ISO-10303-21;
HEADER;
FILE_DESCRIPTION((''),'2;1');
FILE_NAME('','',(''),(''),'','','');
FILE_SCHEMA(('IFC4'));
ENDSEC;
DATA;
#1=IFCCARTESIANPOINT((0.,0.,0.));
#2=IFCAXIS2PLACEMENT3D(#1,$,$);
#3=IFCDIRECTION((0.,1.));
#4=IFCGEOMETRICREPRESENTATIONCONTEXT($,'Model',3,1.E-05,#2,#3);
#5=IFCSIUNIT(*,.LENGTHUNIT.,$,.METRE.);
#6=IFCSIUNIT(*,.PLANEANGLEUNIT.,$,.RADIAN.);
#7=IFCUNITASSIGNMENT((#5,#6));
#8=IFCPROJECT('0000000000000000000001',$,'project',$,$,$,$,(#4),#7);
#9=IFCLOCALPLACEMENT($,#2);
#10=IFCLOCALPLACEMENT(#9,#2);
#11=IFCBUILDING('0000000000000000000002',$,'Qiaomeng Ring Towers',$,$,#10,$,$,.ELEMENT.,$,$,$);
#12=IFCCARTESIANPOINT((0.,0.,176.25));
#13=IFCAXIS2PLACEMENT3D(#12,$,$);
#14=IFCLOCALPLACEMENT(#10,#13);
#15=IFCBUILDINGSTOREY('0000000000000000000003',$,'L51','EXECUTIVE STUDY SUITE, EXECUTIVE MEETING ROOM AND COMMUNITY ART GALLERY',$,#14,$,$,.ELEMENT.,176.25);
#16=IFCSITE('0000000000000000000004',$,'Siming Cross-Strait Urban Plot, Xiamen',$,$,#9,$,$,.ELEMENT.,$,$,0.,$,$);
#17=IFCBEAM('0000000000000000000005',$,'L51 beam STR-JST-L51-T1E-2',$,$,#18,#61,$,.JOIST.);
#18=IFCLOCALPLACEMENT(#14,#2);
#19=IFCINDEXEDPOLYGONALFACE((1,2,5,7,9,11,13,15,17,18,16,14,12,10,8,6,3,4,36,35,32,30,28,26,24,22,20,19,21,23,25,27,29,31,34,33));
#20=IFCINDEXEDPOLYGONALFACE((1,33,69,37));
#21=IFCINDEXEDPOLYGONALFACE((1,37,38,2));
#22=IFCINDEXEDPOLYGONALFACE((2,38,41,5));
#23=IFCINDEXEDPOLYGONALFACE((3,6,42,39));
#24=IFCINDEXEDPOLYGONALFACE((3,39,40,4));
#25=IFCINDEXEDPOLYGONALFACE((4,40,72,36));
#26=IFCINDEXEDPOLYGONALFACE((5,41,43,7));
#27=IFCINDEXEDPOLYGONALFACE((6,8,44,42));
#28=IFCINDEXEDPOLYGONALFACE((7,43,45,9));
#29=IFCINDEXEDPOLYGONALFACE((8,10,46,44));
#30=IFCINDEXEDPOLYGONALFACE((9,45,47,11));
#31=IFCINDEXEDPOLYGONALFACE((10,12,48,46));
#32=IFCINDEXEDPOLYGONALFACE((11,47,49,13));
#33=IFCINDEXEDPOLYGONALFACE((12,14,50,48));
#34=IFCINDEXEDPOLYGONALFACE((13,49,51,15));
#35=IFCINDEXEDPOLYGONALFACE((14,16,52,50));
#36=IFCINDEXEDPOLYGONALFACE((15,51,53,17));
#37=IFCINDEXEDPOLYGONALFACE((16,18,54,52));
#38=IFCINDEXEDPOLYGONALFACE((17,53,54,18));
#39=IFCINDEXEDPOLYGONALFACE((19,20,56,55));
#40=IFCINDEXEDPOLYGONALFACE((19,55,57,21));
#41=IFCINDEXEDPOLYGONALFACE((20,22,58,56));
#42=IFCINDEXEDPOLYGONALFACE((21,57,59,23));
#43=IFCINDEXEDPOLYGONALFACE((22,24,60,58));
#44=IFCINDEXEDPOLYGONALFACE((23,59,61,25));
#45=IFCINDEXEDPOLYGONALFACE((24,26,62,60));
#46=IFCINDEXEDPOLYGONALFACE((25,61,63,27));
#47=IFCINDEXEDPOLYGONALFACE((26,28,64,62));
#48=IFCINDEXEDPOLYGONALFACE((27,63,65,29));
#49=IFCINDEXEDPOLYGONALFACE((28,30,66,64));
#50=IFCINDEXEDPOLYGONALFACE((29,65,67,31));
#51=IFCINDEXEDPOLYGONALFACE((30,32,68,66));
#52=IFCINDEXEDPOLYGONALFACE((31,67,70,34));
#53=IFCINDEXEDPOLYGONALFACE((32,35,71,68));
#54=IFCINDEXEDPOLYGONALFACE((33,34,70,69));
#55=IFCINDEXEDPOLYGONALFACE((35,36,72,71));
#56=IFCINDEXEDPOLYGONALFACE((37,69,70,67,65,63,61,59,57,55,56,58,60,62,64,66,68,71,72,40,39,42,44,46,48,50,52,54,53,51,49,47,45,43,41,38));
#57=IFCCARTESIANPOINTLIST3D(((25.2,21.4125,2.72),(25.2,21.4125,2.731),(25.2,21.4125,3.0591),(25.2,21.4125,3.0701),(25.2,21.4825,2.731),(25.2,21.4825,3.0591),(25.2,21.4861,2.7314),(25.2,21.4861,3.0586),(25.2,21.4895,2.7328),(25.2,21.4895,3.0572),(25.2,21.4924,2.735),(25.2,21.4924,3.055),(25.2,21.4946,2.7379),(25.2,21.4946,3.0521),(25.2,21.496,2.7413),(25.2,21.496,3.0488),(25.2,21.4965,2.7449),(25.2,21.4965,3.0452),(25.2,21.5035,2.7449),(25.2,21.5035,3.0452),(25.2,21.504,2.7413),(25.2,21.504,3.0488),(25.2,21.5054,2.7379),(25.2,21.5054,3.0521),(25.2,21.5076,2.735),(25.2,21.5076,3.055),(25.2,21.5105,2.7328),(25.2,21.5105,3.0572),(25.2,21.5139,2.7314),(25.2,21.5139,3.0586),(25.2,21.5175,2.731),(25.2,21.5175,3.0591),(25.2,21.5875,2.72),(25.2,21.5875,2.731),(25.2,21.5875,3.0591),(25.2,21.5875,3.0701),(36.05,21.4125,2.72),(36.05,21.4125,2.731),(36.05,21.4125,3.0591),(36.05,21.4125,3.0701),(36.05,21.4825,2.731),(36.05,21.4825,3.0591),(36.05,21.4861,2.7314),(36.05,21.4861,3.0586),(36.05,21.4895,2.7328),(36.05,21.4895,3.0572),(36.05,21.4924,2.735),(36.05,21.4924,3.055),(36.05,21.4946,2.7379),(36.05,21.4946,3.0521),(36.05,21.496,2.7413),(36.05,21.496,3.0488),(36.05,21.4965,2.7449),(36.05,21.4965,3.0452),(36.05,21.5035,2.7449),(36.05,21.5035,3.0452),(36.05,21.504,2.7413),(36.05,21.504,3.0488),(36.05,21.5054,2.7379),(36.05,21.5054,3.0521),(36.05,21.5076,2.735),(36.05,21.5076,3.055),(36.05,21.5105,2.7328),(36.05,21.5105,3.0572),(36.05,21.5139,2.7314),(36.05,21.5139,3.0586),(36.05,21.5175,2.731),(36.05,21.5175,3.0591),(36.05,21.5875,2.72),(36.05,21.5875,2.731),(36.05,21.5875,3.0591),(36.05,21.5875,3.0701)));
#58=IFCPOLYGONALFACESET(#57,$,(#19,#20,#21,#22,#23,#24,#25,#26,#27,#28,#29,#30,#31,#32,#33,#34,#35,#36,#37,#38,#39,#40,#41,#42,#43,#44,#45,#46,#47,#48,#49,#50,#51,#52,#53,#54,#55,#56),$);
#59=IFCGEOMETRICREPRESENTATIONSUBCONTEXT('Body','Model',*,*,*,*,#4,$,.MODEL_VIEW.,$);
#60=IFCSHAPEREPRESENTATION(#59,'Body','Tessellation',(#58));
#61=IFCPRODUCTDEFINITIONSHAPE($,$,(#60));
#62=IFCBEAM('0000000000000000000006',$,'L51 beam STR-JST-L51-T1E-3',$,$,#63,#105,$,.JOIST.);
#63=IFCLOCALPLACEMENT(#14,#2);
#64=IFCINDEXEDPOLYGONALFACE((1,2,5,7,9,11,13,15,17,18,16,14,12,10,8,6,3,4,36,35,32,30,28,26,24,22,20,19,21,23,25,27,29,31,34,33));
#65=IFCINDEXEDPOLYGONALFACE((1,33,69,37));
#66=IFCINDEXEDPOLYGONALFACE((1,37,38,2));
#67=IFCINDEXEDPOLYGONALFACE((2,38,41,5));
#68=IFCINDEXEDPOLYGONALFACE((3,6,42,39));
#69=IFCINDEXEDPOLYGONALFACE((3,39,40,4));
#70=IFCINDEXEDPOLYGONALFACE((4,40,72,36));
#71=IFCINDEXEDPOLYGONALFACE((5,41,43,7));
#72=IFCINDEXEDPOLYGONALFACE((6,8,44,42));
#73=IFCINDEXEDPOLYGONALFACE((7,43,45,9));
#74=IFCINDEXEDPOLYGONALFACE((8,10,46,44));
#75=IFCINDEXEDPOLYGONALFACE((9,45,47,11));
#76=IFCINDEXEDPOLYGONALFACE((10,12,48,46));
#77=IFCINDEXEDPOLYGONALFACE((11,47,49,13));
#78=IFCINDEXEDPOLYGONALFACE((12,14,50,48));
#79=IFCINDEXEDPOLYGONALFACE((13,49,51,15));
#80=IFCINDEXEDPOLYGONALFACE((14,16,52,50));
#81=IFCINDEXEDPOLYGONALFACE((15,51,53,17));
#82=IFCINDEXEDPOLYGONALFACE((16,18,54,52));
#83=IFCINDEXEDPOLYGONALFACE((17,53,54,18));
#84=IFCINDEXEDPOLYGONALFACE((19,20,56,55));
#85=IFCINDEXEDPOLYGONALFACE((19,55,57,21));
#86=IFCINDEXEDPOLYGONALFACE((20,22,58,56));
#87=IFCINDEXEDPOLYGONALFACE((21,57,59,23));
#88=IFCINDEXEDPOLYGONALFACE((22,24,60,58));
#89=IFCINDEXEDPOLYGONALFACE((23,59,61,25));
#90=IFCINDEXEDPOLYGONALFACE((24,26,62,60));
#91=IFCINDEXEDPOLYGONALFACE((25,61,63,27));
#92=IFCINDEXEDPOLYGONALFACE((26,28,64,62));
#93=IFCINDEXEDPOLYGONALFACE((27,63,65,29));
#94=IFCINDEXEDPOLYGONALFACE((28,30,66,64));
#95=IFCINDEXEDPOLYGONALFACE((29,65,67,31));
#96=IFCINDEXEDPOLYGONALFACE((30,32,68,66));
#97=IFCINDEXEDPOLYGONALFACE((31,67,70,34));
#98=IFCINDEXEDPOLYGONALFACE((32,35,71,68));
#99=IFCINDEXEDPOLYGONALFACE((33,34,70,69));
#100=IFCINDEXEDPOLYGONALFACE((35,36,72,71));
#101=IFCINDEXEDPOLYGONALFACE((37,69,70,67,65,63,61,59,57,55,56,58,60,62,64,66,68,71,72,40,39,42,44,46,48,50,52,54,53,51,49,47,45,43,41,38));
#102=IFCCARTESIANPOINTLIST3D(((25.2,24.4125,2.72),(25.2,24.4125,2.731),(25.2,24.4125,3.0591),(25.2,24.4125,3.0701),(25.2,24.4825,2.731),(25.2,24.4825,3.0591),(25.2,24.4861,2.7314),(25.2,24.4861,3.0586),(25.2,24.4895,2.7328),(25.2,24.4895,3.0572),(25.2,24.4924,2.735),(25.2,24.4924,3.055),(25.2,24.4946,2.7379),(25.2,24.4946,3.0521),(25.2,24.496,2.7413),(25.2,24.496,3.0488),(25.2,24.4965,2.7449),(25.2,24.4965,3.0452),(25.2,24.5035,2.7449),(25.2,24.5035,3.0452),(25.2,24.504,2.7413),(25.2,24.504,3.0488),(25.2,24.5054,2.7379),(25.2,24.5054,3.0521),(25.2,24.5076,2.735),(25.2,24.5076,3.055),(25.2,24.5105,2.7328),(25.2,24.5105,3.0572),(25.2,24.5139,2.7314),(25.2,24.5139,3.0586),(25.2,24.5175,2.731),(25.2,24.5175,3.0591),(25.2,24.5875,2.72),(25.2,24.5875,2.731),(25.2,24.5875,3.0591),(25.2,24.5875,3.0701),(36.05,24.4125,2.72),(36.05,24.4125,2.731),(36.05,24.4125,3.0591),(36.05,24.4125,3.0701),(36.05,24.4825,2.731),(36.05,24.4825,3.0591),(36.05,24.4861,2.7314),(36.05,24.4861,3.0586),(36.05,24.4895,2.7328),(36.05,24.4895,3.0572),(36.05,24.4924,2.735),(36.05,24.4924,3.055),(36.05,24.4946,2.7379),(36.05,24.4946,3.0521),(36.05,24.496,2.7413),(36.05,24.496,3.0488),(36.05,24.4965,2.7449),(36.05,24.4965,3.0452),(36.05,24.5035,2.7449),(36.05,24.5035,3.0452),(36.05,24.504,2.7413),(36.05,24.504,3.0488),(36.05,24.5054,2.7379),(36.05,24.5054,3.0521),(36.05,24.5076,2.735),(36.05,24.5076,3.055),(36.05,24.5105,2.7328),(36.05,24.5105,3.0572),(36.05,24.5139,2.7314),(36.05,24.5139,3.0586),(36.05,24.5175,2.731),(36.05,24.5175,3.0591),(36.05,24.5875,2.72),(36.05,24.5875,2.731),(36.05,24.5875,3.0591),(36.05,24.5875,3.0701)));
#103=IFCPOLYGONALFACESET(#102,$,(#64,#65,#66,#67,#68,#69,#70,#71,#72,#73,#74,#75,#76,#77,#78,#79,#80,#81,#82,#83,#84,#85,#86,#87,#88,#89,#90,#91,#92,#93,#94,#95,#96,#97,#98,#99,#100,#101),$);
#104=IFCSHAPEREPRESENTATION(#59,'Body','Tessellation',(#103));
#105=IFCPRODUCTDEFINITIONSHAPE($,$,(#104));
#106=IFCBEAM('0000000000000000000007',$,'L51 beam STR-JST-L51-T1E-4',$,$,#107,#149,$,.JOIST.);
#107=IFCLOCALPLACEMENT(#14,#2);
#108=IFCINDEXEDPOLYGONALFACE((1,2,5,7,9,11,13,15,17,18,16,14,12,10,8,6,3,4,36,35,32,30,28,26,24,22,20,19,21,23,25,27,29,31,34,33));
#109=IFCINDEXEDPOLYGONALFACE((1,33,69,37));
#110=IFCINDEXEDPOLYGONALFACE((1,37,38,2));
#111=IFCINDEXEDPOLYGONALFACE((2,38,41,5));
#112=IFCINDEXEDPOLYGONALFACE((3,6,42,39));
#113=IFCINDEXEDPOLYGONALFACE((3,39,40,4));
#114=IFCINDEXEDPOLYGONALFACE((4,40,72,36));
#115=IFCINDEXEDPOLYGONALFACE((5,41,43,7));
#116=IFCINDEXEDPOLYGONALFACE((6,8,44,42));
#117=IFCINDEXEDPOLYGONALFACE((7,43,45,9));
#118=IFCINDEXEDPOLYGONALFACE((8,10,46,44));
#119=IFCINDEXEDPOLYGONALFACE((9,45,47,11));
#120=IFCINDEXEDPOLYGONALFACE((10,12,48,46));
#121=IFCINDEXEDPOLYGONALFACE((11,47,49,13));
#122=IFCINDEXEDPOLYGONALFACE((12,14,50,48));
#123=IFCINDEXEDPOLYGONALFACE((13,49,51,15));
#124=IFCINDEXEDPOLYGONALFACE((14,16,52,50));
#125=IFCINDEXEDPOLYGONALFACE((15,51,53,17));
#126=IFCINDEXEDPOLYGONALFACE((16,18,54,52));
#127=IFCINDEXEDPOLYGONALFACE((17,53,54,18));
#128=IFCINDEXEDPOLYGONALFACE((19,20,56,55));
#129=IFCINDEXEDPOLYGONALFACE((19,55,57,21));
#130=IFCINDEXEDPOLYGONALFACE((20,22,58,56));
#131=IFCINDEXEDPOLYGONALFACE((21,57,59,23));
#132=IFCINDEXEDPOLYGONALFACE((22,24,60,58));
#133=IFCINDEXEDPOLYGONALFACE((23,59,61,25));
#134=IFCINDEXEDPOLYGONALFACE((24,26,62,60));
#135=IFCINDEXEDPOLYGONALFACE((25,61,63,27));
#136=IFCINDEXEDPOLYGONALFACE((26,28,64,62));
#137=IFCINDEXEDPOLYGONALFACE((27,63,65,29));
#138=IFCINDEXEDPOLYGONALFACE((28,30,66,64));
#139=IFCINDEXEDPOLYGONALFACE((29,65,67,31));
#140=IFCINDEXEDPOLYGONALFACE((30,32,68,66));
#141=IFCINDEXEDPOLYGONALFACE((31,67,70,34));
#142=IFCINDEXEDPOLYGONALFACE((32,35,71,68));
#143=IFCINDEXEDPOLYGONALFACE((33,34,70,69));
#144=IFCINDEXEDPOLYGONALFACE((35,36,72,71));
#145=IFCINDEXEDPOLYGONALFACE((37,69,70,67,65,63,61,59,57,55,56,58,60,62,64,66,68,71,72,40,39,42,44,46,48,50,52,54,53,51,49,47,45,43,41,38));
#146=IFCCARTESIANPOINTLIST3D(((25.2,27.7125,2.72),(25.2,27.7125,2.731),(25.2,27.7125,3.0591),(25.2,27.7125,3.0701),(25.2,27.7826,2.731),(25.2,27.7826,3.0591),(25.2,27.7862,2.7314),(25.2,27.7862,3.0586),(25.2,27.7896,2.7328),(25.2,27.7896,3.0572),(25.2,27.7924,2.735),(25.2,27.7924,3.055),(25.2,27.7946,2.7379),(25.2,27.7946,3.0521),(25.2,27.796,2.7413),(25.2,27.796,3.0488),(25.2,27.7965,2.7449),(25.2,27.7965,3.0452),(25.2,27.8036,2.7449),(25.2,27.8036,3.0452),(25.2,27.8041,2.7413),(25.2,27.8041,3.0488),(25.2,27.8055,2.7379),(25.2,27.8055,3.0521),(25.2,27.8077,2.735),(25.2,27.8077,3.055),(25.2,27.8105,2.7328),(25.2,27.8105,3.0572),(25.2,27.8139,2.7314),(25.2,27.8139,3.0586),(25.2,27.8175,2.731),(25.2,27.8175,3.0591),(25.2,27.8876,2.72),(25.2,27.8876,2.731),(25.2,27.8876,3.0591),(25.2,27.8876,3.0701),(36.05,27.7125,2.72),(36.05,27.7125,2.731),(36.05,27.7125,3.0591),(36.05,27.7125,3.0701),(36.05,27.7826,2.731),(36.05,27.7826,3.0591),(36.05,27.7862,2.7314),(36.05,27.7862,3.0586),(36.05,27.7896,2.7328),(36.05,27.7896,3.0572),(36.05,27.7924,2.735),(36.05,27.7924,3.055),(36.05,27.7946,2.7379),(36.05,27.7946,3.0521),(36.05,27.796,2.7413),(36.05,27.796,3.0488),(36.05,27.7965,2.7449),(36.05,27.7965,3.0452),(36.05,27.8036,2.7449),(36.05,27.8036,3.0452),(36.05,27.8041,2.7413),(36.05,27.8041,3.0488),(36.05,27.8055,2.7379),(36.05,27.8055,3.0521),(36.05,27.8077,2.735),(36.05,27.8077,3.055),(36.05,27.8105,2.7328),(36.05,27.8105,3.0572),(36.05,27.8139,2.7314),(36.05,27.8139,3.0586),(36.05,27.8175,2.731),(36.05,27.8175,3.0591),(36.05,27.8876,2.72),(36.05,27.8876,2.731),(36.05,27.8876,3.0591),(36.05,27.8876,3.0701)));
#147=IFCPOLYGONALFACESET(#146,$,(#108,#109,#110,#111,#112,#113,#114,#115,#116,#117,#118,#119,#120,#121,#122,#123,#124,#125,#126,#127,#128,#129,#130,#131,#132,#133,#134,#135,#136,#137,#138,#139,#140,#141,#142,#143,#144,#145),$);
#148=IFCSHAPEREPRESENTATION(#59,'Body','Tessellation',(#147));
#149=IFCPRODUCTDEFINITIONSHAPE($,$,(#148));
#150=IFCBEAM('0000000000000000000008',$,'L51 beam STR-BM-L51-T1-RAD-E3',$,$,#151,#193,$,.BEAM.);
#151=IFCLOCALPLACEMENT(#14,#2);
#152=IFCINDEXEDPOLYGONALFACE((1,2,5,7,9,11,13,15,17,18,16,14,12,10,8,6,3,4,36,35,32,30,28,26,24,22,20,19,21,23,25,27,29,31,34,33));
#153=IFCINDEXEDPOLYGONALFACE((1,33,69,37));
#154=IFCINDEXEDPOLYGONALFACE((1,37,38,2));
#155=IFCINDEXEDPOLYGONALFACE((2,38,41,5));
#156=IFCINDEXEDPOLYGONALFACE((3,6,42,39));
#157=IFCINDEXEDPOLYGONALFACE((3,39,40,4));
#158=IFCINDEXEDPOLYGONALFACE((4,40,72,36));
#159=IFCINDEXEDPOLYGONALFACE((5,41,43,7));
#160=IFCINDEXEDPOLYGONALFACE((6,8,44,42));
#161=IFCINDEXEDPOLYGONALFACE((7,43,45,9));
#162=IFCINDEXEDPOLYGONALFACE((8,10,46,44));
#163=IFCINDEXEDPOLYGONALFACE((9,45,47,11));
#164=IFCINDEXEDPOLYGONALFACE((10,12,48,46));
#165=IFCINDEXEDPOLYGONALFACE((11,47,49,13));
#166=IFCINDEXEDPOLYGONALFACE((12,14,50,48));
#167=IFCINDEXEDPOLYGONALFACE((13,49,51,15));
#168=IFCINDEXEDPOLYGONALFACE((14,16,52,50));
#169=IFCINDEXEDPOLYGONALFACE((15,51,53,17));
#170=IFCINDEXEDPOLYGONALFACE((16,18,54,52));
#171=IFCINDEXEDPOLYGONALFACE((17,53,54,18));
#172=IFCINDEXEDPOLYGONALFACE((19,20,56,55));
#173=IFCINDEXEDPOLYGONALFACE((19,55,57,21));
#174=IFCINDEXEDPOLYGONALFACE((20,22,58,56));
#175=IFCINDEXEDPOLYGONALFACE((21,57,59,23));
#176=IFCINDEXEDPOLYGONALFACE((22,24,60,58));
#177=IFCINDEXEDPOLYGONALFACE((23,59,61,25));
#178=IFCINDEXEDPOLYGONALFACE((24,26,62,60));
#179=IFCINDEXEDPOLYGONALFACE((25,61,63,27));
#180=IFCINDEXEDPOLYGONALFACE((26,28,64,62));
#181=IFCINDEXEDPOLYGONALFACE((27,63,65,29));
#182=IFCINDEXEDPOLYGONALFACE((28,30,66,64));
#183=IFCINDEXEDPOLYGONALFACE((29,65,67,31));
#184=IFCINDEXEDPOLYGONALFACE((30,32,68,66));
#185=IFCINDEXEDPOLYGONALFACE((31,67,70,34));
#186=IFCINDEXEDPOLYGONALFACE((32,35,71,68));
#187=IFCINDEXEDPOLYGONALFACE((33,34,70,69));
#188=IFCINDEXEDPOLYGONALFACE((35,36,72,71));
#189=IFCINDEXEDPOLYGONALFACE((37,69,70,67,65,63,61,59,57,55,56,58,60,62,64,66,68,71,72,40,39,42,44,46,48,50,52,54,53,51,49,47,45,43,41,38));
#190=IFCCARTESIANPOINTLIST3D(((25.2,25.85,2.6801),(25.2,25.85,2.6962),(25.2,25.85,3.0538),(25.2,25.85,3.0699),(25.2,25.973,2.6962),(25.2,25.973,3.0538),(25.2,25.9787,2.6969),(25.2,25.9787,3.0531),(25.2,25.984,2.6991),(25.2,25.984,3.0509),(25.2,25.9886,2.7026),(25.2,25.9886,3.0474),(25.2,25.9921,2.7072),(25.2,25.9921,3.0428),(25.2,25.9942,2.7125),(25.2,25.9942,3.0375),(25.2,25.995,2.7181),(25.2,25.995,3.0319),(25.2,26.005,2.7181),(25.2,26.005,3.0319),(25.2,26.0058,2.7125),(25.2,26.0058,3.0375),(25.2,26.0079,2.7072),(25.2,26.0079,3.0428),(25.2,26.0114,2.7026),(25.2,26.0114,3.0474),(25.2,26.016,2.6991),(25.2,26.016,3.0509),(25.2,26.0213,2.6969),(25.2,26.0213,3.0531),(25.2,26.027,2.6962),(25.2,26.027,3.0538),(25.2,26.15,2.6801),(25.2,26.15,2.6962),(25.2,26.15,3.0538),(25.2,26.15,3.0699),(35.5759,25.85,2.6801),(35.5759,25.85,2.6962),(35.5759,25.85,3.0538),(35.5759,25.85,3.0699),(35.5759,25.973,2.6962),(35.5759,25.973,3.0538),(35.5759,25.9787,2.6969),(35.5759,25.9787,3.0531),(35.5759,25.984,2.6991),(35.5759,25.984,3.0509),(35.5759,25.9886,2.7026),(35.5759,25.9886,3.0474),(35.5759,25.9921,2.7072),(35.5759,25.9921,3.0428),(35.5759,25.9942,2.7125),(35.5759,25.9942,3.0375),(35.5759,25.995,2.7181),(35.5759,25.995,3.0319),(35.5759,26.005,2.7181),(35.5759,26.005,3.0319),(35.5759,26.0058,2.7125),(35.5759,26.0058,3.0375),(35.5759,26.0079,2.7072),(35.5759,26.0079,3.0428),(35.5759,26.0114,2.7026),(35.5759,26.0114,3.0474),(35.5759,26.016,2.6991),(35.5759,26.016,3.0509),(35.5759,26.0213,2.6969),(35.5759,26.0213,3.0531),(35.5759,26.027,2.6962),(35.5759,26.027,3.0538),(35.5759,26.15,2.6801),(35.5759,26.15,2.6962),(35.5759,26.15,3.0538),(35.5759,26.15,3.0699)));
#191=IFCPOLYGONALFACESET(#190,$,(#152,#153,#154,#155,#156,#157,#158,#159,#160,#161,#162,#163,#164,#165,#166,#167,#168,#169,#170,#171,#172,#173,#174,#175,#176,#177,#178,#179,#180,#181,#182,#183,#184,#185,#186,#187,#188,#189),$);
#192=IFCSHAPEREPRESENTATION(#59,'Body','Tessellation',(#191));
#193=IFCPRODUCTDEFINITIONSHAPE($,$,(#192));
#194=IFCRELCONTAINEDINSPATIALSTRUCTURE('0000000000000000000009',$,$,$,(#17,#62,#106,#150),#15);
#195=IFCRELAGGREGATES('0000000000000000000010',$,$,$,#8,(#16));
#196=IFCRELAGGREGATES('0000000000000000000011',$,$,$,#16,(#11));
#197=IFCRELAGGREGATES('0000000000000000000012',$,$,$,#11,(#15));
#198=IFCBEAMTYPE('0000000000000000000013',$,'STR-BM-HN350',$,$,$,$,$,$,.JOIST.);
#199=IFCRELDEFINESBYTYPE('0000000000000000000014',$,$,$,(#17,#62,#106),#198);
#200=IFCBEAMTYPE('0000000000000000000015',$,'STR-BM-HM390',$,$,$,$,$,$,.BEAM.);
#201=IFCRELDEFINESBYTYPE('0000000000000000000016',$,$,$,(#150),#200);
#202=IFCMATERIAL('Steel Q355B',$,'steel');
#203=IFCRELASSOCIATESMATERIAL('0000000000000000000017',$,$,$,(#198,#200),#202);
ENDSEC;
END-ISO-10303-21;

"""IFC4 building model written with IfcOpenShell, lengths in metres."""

from ifc_helpers import new_model, si_unit, direction, frame, origin, origin_2d, place, context, subcontext, project, spatial, i_section, extrude, source, transform, mapped, material, material_profile, profile_set, type_object, element, save


model = new_model("IFC4")

# Units and contexts
model_context = context("Model", 3, precision=1e-05, world=origin(), true_north=direction((0.0, 1.0)))
body_context = subcontext(model_context, "Body", "Model", "MODEL_VIEW")
ifc_project = project(units=[si_unit("LENGTHUNIT", "METRE"), si_unit("PLANEANGLEUNIT", "RADIAN")], contexts=[model_context])

# Site, building, storey
site_placement = place(None, origin())
site = spatial("IfcSite", under=ifc_project, at=site_placement, Name="Siming Cross-Strait Urban Plot, Xiamen", CompositionType="ELEMENT", RefElevation=0.0)
building_placement = place(site_placement, origin())
building = spatial("IfcBuilding", under=site, at=building_placement, Name="Qiaomeng Ring Towers", CompositionType="ELEMENT")
storey_placement = place(building_placement, frame((0.0, 0.0, 176.25)))
storey = spatial("IfcBuildingStorey", under=building, at=storey_placement, Name="L51", Description="EXECUTIVE STUDY SUITE, EXECUTIVE MEETING ROOM AND COMMUNITY ART GALLERY", CompositionType="ELEMENT", Elevation=176.25)

# Beams
ifc_material_1 = material(Name="Steel Q355B", Category="steel")
ifc_material_profile_1 = material_profile(ifc_material_1, i_section(OverallWidth=0.175, OverallDepth=0.3501, WebThickness=0.0071, FlangeThickness=0.011, FilletRadius=0.0139, at=origin_2d()), Name="HN 350x175x7x11")
ifc_profile_set_1 = profile_set([ifc_material_profile_1], Name="Steel Q355B")
beam_type_1 = type_object("IfcBeamType", Name="STR-BM-HN350", PredefinedType="JOIST", material=ifc_profile_set_1)
shared_shape_1 = source(origin(), body_context, "Body", "SweptSolid", [
    extrude(i_section(OverallWidth=0.175, OverallDepth=0.3501, WebThickness=0.0071, FlangeThickness=0.011, FilletRadius=0.0139, at=origin_2d()), origin(), (0.0, 0.0, 1.0), 10.8501),
])
for number, where, z_axis, x_axis, name in (
    (1, (25.2, 21.5, 2.895), (1.0, 0.0, 0.0), (0.0, 1.0, 0.0), "L51 beam STR-JST-L51-T1E-2"),
    (2, (25.2, 24.5, 2.895), (1.0, 0.0, 0.0), (0.0, 1.0, 0.0), "L51 beam STR-JST-L51-T1E-3"),
    (3, (25.2, 27.8, 2.895), (1.0, 0.0, 0.0), (0.0, 1.0, 0.0), "L51 beam STR-JST-L51-T1E-4"),
):
    element("IfcBeam", number, at=place(storey_placement, frame(where, z_axis=z_axis, x_axis=x_axis)), inside=storey, type_object=beam_type_1, Name=name, PredefinedType="JOIST", context=body_context, shape_type="MappedRepresentation", body=[
        mapped(shared_shape_1, transform((0.0, 0.0, 0.0), x_axis=(1.0, 0.0, 0.0), y_axis=(0.0, 1.0, 0.0), z_axis=(0.0, 0.0, 1.0), scale=1.0)),
    ])
ifc_material_profile_2 = material_profile(ifc_material_1, i_section(OverallWidth=0.3, OverallDepth=0.3899, WebThickness=0.01, FlangeThickness=0.0161, FilletRadius=0.022, at=origin_2d()), Name="HM 390x300x10x16")
ifc_profile_set_2 = profile_set([ifc_material_profile_2], Name="Steel Q355B")
beam_type_2 = type_object("IfcBeamType", Name="STR-BM-HM390", PredefinedType="BEAM", material=ifc_profile_set_2)
shared_shape_2 = source(origin(), body_context, "Body", "SweptSolid", [
    extrude(i_section(OverallWidth=0.3, OverallDepth=0.3899, WebThickness=0.01, FlangeThickness=0.0161, FilletRadius=0.022, at=origin_2d()), origin(), (0.0, 0.0, 1.0), 10.376),
])
beam_placement = place(storey_placement, frame((25.2, 26.0, 2.875), z_axis=(1.0, 0.0, 0.0), x_axis=(0.0, 1.0, 0.0)))
element("IfcBeam", 4, at=beam_placement, inside=storey, type_object=beam_type_2, Name="L51 beam STR-BM-L51-T1-RAD-E3", PredefinedType="BEAM", context=body_context, shape_type="MappedRepresentation", body=[
    mapped(shared_shape_2, transform((0.0, 0.0, 0.0), x_axis=(1.0, 0.0, 0.0), y_axis=(0.0, 1.0, 0.0), z_axis=(0.0, 0.0, 1.0), scale=1.0)),
])

save(model, "model.ifc")
